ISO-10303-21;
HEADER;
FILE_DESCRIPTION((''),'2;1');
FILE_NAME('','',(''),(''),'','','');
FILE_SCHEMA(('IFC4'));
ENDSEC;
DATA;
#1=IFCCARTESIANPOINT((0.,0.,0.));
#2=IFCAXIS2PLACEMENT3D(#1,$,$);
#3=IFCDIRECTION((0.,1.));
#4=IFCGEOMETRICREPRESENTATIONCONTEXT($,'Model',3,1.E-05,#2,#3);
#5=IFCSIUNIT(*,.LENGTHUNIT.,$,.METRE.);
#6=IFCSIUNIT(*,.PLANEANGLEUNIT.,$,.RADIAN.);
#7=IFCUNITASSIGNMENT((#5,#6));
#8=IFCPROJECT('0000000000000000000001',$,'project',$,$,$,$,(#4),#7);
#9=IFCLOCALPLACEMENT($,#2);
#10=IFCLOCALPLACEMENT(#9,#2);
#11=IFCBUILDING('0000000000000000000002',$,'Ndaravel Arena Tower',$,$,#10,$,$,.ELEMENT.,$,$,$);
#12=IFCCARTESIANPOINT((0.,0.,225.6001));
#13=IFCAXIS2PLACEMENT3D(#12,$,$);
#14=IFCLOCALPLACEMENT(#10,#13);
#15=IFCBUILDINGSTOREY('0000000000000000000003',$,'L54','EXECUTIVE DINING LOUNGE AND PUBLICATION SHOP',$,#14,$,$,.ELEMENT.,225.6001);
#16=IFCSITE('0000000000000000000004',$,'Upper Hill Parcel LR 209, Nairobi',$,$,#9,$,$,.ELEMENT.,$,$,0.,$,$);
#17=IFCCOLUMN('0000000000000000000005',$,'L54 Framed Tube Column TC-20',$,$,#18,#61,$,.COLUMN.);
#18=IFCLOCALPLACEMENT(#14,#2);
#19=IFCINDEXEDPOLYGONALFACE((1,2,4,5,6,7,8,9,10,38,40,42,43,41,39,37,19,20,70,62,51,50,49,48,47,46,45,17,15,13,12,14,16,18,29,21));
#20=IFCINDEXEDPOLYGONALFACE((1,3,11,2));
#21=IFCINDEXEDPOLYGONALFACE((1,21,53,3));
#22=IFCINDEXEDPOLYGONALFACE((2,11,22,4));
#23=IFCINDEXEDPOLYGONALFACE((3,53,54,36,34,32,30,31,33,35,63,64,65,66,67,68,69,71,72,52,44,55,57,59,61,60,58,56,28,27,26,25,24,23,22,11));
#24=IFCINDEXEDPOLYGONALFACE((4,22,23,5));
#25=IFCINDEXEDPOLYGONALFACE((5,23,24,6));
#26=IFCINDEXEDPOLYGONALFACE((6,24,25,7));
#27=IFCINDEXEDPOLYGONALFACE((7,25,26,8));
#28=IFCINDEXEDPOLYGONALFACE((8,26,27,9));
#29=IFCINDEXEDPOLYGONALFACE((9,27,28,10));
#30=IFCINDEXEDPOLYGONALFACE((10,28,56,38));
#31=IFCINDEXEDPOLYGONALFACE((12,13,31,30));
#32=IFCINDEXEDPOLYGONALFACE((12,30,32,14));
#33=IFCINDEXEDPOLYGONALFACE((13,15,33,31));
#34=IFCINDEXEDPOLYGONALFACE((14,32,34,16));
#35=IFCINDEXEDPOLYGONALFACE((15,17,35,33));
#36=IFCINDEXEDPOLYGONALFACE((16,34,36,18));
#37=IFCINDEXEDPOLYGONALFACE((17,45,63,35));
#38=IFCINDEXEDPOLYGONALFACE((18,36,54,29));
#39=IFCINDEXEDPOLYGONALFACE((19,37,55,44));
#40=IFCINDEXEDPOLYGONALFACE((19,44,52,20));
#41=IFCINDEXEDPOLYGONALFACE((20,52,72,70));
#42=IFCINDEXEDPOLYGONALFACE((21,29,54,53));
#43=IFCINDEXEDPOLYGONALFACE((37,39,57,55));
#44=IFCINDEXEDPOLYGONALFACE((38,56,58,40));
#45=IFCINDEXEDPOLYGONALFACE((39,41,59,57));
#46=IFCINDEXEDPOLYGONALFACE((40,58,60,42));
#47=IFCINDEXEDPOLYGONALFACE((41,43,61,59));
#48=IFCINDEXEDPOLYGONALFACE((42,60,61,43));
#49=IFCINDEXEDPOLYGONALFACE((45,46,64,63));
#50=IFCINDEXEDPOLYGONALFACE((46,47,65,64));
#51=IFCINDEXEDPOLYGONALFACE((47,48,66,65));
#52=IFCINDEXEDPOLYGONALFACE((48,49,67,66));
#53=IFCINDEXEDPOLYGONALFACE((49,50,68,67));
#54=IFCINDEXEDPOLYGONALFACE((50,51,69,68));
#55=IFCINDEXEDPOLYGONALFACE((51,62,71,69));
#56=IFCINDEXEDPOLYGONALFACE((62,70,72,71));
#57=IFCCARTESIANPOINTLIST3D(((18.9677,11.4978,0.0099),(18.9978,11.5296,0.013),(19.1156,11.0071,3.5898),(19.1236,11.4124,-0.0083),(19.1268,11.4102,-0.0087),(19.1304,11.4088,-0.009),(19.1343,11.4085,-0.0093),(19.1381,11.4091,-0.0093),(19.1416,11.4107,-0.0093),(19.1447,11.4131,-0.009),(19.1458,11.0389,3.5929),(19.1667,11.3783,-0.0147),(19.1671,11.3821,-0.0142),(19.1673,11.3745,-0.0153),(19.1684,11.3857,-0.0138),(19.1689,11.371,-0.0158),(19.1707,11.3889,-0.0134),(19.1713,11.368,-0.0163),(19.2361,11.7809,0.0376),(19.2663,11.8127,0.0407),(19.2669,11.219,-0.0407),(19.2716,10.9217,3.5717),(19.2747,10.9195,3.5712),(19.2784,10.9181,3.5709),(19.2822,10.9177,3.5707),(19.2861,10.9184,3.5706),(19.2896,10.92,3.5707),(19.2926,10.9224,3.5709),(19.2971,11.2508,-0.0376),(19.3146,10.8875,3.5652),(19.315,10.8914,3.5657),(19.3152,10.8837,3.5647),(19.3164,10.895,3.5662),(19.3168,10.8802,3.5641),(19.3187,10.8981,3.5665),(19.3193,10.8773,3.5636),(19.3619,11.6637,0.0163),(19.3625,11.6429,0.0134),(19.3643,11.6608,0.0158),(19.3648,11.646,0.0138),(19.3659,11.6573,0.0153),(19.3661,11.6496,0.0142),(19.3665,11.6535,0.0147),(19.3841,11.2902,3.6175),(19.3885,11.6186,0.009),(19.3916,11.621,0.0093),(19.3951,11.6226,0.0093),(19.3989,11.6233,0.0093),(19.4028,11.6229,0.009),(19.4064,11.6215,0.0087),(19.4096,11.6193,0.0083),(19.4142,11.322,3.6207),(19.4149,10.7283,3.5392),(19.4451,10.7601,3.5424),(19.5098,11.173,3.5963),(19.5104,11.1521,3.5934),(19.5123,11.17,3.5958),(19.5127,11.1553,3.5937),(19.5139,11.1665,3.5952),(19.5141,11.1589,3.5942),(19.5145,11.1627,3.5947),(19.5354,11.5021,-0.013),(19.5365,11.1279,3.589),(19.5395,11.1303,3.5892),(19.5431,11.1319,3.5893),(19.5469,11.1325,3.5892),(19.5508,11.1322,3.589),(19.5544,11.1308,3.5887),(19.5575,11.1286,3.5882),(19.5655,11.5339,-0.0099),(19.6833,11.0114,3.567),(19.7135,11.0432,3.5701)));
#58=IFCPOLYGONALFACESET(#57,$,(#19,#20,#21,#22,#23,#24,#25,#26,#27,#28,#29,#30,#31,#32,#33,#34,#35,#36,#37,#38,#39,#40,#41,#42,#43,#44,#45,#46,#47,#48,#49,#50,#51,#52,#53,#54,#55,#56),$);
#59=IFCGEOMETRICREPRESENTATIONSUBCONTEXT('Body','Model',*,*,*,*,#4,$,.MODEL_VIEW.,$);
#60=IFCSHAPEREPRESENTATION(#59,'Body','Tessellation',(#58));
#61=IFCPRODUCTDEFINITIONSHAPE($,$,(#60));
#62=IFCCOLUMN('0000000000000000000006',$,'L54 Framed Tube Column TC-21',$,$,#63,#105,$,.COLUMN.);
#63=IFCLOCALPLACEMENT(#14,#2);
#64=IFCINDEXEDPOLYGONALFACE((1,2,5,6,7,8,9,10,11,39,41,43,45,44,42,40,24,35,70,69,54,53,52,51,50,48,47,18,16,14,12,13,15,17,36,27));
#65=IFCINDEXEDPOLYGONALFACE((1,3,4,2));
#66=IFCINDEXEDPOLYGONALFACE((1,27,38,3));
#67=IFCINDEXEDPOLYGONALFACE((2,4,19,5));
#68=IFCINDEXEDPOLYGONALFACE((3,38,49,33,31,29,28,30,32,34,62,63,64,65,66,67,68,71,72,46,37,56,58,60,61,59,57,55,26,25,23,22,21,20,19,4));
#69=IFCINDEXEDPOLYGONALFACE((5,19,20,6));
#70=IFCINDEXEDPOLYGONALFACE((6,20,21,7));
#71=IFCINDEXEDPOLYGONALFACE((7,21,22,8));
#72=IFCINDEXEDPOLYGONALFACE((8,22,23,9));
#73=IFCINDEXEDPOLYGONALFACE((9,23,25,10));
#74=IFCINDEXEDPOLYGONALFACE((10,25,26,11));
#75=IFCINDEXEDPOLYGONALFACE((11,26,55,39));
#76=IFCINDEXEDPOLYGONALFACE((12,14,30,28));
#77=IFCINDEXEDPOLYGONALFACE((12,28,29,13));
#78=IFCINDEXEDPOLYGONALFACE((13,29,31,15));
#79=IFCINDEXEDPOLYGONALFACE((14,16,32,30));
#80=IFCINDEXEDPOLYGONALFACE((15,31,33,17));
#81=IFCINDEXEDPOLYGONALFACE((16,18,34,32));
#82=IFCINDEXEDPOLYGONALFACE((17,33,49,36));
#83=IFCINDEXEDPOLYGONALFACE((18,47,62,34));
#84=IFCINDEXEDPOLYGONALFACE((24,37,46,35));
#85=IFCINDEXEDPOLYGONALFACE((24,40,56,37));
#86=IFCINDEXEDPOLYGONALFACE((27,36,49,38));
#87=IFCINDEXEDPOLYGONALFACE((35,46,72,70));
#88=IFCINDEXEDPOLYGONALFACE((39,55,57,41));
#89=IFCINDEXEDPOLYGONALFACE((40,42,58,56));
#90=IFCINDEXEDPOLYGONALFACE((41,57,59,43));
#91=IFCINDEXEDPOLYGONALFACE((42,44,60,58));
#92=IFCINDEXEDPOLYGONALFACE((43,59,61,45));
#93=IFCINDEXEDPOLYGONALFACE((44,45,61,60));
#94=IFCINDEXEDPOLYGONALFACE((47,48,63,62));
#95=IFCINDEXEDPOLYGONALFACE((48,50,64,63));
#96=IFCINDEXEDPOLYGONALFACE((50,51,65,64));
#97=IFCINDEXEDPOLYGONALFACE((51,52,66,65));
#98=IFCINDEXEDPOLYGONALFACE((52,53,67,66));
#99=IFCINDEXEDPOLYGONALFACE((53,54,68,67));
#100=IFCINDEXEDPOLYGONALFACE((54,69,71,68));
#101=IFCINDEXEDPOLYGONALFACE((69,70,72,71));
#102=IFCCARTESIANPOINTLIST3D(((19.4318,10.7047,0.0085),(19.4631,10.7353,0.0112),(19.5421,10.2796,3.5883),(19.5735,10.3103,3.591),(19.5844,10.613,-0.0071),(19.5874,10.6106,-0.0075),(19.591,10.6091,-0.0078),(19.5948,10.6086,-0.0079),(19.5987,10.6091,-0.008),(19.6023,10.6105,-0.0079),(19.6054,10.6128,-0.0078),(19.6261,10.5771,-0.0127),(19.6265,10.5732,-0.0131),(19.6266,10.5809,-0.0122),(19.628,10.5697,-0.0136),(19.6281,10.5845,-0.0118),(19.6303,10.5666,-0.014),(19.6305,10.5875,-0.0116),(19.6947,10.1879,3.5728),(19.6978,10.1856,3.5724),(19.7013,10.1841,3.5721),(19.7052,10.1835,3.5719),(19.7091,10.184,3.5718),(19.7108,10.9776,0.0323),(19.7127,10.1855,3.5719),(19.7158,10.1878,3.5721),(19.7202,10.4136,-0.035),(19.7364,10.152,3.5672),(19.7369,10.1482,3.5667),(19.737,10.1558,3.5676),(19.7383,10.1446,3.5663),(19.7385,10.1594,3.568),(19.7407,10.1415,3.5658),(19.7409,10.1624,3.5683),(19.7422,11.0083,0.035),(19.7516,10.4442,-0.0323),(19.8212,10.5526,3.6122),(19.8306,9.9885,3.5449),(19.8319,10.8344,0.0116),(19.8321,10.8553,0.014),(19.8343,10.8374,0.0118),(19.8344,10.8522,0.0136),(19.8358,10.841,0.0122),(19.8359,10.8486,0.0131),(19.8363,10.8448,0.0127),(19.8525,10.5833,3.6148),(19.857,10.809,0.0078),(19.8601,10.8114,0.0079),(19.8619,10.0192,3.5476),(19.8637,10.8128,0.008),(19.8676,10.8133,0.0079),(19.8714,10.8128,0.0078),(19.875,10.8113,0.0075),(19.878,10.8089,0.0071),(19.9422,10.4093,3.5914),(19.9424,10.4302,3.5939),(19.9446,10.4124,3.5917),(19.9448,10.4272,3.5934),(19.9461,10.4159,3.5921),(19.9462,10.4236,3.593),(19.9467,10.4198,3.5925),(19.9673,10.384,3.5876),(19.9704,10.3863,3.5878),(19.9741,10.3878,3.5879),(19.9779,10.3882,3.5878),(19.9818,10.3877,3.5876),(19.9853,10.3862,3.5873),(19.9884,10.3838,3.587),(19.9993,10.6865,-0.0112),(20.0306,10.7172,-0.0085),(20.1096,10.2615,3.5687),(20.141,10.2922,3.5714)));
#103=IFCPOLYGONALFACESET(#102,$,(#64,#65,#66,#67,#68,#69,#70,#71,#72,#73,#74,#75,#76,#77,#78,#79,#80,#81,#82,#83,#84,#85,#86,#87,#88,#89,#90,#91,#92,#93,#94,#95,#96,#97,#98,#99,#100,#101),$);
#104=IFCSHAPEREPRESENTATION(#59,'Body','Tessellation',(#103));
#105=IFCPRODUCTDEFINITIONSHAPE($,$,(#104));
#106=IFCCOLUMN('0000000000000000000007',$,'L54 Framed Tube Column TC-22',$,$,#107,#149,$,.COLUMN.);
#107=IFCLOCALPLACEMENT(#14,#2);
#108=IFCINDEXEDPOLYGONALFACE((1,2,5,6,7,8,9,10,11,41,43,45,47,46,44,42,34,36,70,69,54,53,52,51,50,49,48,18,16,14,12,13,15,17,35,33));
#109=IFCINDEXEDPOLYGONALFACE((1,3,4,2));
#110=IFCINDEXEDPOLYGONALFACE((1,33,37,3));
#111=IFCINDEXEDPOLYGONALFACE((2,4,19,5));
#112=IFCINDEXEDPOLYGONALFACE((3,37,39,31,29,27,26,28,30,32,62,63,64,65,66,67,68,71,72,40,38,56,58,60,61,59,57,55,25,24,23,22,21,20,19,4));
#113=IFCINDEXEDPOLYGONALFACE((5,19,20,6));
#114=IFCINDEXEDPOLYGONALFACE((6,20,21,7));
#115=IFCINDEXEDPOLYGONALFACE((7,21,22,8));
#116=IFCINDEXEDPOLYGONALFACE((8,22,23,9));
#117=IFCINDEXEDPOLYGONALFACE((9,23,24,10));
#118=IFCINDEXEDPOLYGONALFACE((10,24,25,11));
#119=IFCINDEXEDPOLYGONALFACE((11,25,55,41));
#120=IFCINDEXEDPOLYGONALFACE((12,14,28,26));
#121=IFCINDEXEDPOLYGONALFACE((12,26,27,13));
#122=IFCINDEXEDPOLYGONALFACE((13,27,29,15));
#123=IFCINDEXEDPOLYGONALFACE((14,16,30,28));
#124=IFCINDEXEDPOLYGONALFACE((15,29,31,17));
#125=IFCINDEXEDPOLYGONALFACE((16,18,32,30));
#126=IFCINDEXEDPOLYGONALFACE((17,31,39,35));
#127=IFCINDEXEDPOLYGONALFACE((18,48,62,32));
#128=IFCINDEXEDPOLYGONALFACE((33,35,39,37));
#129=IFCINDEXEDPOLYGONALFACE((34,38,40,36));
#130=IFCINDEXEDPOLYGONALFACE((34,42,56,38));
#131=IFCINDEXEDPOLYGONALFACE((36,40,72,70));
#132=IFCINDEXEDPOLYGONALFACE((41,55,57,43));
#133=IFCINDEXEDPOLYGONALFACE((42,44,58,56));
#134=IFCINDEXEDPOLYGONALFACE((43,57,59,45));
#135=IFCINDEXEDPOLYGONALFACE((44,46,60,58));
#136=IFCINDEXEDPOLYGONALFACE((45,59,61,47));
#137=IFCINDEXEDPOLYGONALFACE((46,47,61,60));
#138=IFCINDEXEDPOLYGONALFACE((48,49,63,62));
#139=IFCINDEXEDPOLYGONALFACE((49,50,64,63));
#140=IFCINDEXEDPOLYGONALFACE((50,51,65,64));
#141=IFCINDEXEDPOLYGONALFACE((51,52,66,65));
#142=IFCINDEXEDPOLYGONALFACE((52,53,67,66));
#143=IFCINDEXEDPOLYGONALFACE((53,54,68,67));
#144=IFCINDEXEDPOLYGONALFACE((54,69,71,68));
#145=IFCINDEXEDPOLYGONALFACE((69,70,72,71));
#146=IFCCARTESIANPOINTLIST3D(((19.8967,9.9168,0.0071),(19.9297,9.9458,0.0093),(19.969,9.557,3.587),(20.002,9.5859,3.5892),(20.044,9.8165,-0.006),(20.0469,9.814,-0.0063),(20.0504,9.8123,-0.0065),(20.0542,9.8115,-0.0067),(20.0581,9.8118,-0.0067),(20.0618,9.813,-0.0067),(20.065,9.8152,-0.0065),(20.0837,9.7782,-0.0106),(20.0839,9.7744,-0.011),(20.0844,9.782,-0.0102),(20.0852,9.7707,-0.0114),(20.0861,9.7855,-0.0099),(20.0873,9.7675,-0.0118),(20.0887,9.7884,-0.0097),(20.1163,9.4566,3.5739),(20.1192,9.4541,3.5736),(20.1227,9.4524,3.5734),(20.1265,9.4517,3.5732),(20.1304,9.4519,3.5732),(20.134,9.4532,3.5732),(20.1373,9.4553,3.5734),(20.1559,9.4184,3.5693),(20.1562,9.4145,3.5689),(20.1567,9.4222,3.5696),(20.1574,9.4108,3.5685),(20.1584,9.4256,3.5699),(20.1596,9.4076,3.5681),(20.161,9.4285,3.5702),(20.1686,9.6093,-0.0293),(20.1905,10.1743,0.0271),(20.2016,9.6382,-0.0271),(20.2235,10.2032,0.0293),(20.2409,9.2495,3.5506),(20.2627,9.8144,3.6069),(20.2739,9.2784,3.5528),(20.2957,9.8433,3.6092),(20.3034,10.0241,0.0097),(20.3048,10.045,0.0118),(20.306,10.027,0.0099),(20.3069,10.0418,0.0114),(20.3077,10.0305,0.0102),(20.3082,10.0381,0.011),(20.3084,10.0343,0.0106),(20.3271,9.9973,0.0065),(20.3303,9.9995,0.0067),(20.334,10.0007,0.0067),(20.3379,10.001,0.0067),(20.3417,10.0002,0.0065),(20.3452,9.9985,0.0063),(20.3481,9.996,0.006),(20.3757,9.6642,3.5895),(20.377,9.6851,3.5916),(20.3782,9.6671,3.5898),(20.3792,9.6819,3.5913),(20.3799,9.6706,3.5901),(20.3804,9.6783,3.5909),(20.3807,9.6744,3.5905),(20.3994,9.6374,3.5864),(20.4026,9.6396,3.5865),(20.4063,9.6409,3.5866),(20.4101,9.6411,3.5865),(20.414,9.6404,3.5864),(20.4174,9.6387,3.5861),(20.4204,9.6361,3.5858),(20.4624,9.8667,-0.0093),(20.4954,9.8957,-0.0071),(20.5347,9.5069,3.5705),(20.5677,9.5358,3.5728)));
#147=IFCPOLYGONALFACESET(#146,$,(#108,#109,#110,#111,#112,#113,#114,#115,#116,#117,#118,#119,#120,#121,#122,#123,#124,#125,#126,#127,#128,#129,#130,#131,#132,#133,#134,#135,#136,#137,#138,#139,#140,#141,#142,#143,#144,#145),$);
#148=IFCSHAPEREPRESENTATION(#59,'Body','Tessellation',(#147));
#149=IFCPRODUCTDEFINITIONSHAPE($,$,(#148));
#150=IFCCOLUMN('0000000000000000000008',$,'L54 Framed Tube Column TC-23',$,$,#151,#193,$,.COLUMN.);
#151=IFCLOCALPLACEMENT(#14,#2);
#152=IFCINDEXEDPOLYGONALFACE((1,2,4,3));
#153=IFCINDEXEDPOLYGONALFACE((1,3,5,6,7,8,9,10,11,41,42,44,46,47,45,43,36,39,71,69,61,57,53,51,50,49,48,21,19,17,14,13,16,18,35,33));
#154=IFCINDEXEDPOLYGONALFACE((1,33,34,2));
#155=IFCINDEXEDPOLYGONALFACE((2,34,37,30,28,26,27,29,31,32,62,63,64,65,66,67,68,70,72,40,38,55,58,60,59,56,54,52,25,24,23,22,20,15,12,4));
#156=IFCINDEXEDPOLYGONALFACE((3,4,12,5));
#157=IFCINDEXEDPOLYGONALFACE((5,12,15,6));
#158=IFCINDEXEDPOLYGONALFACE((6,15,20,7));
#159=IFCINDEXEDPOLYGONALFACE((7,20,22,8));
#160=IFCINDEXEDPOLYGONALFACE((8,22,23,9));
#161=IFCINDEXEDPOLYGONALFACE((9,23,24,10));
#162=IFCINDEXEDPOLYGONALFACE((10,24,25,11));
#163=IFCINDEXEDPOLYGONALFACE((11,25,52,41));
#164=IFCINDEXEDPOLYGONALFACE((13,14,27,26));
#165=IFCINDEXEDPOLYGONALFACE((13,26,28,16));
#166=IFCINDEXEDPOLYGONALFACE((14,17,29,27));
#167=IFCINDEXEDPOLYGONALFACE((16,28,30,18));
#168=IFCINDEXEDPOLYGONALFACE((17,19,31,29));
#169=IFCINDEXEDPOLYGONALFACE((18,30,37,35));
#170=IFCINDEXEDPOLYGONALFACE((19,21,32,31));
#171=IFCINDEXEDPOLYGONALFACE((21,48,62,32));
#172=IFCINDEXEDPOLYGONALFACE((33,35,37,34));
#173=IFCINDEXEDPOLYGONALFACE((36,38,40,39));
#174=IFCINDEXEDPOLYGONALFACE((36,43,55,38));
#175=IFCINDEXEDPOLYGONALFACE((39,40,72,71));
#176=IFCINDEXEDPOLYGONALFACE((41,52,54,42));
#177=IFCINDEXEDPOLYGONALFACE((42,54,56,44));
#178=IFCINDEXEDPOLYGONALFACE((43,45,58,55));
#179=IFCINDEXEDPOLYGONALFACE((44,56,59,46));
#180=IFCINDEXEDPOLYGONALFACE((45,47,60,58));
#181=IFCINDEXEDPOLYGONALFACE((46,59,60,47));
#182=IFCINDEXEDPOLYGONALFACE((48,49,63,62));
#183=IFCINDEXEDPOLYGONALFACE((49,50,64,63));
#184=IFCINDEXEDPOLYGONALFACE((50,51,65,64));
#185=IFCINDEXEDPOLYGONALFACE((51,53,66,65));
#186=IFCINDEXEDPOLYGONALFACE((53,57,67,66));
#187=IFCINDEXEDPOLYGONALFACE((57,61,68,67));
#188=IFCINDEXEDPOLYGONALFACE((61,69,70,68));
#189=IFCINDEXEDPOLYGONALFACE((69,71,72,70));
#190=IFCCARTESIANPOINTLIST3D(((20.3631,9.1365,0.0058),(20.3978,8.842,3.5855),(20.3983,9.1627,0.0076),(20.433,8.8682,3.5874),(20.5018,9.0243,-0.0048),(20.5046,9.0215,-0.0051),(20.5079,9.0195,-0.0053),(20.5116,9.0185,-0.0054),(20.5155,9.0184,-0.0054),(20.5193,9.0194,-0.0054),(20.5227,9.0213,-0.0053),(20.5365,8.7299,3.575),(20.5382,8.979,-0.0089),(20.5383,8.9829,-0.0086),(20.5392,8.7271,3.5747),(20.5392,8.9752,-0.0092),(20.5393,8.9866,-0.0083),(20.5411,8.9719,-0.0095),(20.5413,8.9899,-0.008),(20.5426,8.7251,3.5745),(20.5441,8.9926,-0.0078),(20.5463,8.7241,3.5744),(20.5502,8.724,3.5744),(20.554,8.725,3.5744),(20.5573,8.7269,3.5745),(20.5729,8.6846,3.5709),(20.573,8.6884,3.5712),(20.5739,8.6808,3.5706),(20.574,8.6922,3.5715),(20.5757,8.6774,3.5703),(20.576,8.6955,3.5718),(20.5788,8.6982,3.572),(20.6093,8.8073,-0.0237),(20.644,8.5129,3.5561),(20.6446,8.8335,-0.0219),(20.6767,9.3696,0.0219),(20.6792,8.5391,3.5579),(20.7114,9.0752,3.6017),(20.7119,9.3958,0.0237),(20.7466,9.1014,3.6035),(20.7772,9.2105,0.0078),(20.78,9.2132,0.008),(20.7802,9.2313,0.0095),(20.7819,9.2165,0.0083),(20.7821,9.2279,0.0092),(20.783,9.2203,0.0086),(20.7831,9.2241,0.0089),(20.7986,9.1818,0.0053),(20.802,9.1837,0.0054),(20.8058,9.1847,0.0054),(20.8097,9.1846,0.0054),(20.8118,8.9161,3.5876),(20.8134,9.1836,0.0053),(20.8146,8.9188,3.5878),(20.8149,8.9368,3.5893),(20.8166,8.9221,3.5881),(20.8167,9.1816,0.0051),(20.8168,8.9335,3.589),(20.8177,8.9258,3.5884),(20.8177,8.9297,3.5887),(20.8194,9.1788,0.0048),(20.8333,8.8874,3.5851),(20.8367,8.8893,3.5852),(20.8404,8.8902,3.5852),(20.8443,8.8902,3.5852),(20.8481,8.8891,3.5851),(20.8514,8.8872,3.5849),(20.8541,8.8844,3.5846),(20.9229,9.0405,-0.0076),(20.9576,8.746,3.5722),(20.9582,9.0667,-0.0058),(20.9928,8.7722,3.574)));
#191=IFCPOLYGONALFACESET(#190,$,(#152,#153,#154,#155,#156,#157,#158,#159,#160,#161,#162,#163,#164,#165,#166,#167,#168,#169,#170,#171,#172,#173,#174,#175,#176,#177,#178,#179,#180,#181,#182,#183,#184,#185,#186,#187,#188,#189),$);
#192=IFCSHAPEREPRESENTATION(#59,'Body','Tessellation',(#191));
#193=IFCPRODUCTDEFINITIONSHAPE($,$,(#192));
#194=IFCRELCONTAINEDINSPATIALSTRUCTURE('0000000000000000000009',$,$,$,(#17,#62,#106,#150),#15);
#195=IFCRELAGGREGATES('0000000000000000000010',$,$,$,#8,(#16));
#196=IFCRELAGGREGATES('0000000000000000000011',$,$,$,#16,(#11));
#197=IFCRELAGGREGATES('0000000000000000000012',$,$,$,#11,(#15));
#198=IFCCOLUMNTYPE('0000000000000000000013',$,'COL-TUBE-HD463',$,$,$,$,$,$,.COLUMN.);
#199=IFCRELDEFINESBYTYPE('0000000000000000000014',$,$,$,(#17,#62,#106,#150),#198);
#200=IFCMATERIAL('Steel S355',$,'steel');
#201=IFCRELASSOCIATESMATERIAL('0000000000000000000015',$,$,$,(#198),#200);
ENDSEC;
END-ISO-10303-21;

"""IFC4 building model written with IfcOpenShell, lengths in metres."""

from ifc_helpers import new_model, si_unit, direction, frame, origin, origin_2d, place, context, subcontext, project, spatial, i_section, extrude, material, material_profile, profile_set, type_object, element, save


model = new_model("IFC4")

# Units and contexts
model_context = context("Model", 3, precision=1e-05, world=origin(), true_north=direction((0.0, 1.0)))
body_context = subcontext(model_context, "Body", "Model", "MODEL_VIEW")
ifc_project = project(units=[si_unit("LENGTHUNIT", "METRE"), si_unit("PLANEANGLEUNIT", "RADIAN")], contexts=[model_context])

# Site, building, storey
site_placement = place(None, origin())
site = spatial("IfcSite", under=ifc_project, at=site_placement, Name="Upper Hill Parcel LR 209, Nairobi", CompositionType="ELEMENT", RefElevation=0.0)
building_placement = place(site_placement, origin())
building = spatial("IfcBuilding", under=site, at=building_placement, Name="Ndaravel Arena Tower", CompositionType="ELEMENT")
storey_placement = place(building_placement, frame((0.0, 0.0, 225.6001)))
storey = spatial("IfcBuildingStorey", under=building, at=storey_placement, Name="L54", Description="EXECUTIVE DINING LOUNGE AND PUBLICATION SHOP", CompositionType="ELEMENT", Elevation=225.6001)

# Columns
ifc_material_1 = material(Name="Steel S355", Category="steel")
ifc_material_profile_1 = material_profile(ifc_material_1, i_section(OverallWidth=0.4121, OverallDepth=0.4351, WebThickness=0.0359, FlangeThickness=0.0439, FilletRadius=0.0149, at=origin_2d()), Name="HD 400x463")
ifc_profile_set_1 = profile_set([ifc_material_profile_1], Name="Steel S355")
column_type = type_object("IfcColumnType", Name="COL-TUBE-HD463", PredefinedType="COLUMN", material=ifc_profile_set_1)
column_1_placement = place(storey_placement, frame((19.2666, 11.5159, 0.0), z_axis=(0.040911, -0.135696, 0.989905), x_axis=(-0.726178, 0.676461, 0.122741)))
element("IfcColumn", 1, at=column_1_placement, inside=storey, type_object=column_type, Name="L54 Framed Tube Column TC-20", PredefinedType="COLUMN", context=body_context, shape_type="SweptSolid", body=[
    extrude(i_section(OverallWidth=0.4121, OverallDepth=0.4351, WebThickness=0.0359, FlangeThickness=0.0439, FilletRadius=0.0149, at=origin_2d()), origin(), (0.0, 0.0, 1.0), 3.6165),
])
column_2_placement = place(storey_placement, frame((19.7312, 10.7109, 0.0), z_axis=(0.030597, -0.117851, 0.99256), x_axis=(-0.69996, 0.706355, 0.105445)))
element("IfcColumn", 2, at=column_2_placement, inside=storey, type_object=column_type, Name="L54 Framed Tube Column TC-21", PredefinedType="COLUMN", context=body_context, shape_type="SweptSolid", body=[
    extrude(i_section(OverallWidth=0.4121, OverallDepth=0.4351, WebThickness=0.0359, FlangeThickness=0.0439, FilletRadius=0.0149, at=origin_2d()), origin(), (0.0, 0.0, 1.0), 3.6067),
])
column_3_placement = place(storey_placement, frame((20.196, 9.9062, 0.0), z_axis=(0.020082, -0.100001, 0.994785), x_axis=(-0.65983, 0.746205, 0.088332)))
element("IfcColumn", 3, at=column_3_placement, inside=storey, type_object=column_type, Name="L54 Framed Tube Column TC-22", PredefinedType="COLUMN", context=body_context, shape_type="SweptSolid", body=[
    extrude(i_section(OverallWidth=0.4121, OverallDepth=0.4351, WebThickness=0.0359, FlangeThickness=0.0439, FilletRadius=0.0149, at=origin_2d()), origin(), (0.0, 0.0, 1.0), 3.5986),
])
column_4_placement = place(storey_placement, frame((20.6606, 9.1016, 0.0), z_axis=(0.009651, -0.081967, 0.996588), x_axis=(-0.597494, 0.798681, 0.071476)))
element("IfcColumn", 4, at=column_4_placement, inside=storey, type_object=column_type, Name="L54 Framed Tube Column TC-23", PredefinedType="COLUMN", context=body_context, shape_type="SweptSolid", body=[
    extrude(i_section(OverallWidth=0.4121, OverallDepth=0.4351, WebThickness=0.0359, FlangeThickness=0.0439, FilletRadius=0.0149, at=origin_2d()), origin(), (0.0, 0.0, 1.0), 3.592),
])

save(model, "model.ifc")
